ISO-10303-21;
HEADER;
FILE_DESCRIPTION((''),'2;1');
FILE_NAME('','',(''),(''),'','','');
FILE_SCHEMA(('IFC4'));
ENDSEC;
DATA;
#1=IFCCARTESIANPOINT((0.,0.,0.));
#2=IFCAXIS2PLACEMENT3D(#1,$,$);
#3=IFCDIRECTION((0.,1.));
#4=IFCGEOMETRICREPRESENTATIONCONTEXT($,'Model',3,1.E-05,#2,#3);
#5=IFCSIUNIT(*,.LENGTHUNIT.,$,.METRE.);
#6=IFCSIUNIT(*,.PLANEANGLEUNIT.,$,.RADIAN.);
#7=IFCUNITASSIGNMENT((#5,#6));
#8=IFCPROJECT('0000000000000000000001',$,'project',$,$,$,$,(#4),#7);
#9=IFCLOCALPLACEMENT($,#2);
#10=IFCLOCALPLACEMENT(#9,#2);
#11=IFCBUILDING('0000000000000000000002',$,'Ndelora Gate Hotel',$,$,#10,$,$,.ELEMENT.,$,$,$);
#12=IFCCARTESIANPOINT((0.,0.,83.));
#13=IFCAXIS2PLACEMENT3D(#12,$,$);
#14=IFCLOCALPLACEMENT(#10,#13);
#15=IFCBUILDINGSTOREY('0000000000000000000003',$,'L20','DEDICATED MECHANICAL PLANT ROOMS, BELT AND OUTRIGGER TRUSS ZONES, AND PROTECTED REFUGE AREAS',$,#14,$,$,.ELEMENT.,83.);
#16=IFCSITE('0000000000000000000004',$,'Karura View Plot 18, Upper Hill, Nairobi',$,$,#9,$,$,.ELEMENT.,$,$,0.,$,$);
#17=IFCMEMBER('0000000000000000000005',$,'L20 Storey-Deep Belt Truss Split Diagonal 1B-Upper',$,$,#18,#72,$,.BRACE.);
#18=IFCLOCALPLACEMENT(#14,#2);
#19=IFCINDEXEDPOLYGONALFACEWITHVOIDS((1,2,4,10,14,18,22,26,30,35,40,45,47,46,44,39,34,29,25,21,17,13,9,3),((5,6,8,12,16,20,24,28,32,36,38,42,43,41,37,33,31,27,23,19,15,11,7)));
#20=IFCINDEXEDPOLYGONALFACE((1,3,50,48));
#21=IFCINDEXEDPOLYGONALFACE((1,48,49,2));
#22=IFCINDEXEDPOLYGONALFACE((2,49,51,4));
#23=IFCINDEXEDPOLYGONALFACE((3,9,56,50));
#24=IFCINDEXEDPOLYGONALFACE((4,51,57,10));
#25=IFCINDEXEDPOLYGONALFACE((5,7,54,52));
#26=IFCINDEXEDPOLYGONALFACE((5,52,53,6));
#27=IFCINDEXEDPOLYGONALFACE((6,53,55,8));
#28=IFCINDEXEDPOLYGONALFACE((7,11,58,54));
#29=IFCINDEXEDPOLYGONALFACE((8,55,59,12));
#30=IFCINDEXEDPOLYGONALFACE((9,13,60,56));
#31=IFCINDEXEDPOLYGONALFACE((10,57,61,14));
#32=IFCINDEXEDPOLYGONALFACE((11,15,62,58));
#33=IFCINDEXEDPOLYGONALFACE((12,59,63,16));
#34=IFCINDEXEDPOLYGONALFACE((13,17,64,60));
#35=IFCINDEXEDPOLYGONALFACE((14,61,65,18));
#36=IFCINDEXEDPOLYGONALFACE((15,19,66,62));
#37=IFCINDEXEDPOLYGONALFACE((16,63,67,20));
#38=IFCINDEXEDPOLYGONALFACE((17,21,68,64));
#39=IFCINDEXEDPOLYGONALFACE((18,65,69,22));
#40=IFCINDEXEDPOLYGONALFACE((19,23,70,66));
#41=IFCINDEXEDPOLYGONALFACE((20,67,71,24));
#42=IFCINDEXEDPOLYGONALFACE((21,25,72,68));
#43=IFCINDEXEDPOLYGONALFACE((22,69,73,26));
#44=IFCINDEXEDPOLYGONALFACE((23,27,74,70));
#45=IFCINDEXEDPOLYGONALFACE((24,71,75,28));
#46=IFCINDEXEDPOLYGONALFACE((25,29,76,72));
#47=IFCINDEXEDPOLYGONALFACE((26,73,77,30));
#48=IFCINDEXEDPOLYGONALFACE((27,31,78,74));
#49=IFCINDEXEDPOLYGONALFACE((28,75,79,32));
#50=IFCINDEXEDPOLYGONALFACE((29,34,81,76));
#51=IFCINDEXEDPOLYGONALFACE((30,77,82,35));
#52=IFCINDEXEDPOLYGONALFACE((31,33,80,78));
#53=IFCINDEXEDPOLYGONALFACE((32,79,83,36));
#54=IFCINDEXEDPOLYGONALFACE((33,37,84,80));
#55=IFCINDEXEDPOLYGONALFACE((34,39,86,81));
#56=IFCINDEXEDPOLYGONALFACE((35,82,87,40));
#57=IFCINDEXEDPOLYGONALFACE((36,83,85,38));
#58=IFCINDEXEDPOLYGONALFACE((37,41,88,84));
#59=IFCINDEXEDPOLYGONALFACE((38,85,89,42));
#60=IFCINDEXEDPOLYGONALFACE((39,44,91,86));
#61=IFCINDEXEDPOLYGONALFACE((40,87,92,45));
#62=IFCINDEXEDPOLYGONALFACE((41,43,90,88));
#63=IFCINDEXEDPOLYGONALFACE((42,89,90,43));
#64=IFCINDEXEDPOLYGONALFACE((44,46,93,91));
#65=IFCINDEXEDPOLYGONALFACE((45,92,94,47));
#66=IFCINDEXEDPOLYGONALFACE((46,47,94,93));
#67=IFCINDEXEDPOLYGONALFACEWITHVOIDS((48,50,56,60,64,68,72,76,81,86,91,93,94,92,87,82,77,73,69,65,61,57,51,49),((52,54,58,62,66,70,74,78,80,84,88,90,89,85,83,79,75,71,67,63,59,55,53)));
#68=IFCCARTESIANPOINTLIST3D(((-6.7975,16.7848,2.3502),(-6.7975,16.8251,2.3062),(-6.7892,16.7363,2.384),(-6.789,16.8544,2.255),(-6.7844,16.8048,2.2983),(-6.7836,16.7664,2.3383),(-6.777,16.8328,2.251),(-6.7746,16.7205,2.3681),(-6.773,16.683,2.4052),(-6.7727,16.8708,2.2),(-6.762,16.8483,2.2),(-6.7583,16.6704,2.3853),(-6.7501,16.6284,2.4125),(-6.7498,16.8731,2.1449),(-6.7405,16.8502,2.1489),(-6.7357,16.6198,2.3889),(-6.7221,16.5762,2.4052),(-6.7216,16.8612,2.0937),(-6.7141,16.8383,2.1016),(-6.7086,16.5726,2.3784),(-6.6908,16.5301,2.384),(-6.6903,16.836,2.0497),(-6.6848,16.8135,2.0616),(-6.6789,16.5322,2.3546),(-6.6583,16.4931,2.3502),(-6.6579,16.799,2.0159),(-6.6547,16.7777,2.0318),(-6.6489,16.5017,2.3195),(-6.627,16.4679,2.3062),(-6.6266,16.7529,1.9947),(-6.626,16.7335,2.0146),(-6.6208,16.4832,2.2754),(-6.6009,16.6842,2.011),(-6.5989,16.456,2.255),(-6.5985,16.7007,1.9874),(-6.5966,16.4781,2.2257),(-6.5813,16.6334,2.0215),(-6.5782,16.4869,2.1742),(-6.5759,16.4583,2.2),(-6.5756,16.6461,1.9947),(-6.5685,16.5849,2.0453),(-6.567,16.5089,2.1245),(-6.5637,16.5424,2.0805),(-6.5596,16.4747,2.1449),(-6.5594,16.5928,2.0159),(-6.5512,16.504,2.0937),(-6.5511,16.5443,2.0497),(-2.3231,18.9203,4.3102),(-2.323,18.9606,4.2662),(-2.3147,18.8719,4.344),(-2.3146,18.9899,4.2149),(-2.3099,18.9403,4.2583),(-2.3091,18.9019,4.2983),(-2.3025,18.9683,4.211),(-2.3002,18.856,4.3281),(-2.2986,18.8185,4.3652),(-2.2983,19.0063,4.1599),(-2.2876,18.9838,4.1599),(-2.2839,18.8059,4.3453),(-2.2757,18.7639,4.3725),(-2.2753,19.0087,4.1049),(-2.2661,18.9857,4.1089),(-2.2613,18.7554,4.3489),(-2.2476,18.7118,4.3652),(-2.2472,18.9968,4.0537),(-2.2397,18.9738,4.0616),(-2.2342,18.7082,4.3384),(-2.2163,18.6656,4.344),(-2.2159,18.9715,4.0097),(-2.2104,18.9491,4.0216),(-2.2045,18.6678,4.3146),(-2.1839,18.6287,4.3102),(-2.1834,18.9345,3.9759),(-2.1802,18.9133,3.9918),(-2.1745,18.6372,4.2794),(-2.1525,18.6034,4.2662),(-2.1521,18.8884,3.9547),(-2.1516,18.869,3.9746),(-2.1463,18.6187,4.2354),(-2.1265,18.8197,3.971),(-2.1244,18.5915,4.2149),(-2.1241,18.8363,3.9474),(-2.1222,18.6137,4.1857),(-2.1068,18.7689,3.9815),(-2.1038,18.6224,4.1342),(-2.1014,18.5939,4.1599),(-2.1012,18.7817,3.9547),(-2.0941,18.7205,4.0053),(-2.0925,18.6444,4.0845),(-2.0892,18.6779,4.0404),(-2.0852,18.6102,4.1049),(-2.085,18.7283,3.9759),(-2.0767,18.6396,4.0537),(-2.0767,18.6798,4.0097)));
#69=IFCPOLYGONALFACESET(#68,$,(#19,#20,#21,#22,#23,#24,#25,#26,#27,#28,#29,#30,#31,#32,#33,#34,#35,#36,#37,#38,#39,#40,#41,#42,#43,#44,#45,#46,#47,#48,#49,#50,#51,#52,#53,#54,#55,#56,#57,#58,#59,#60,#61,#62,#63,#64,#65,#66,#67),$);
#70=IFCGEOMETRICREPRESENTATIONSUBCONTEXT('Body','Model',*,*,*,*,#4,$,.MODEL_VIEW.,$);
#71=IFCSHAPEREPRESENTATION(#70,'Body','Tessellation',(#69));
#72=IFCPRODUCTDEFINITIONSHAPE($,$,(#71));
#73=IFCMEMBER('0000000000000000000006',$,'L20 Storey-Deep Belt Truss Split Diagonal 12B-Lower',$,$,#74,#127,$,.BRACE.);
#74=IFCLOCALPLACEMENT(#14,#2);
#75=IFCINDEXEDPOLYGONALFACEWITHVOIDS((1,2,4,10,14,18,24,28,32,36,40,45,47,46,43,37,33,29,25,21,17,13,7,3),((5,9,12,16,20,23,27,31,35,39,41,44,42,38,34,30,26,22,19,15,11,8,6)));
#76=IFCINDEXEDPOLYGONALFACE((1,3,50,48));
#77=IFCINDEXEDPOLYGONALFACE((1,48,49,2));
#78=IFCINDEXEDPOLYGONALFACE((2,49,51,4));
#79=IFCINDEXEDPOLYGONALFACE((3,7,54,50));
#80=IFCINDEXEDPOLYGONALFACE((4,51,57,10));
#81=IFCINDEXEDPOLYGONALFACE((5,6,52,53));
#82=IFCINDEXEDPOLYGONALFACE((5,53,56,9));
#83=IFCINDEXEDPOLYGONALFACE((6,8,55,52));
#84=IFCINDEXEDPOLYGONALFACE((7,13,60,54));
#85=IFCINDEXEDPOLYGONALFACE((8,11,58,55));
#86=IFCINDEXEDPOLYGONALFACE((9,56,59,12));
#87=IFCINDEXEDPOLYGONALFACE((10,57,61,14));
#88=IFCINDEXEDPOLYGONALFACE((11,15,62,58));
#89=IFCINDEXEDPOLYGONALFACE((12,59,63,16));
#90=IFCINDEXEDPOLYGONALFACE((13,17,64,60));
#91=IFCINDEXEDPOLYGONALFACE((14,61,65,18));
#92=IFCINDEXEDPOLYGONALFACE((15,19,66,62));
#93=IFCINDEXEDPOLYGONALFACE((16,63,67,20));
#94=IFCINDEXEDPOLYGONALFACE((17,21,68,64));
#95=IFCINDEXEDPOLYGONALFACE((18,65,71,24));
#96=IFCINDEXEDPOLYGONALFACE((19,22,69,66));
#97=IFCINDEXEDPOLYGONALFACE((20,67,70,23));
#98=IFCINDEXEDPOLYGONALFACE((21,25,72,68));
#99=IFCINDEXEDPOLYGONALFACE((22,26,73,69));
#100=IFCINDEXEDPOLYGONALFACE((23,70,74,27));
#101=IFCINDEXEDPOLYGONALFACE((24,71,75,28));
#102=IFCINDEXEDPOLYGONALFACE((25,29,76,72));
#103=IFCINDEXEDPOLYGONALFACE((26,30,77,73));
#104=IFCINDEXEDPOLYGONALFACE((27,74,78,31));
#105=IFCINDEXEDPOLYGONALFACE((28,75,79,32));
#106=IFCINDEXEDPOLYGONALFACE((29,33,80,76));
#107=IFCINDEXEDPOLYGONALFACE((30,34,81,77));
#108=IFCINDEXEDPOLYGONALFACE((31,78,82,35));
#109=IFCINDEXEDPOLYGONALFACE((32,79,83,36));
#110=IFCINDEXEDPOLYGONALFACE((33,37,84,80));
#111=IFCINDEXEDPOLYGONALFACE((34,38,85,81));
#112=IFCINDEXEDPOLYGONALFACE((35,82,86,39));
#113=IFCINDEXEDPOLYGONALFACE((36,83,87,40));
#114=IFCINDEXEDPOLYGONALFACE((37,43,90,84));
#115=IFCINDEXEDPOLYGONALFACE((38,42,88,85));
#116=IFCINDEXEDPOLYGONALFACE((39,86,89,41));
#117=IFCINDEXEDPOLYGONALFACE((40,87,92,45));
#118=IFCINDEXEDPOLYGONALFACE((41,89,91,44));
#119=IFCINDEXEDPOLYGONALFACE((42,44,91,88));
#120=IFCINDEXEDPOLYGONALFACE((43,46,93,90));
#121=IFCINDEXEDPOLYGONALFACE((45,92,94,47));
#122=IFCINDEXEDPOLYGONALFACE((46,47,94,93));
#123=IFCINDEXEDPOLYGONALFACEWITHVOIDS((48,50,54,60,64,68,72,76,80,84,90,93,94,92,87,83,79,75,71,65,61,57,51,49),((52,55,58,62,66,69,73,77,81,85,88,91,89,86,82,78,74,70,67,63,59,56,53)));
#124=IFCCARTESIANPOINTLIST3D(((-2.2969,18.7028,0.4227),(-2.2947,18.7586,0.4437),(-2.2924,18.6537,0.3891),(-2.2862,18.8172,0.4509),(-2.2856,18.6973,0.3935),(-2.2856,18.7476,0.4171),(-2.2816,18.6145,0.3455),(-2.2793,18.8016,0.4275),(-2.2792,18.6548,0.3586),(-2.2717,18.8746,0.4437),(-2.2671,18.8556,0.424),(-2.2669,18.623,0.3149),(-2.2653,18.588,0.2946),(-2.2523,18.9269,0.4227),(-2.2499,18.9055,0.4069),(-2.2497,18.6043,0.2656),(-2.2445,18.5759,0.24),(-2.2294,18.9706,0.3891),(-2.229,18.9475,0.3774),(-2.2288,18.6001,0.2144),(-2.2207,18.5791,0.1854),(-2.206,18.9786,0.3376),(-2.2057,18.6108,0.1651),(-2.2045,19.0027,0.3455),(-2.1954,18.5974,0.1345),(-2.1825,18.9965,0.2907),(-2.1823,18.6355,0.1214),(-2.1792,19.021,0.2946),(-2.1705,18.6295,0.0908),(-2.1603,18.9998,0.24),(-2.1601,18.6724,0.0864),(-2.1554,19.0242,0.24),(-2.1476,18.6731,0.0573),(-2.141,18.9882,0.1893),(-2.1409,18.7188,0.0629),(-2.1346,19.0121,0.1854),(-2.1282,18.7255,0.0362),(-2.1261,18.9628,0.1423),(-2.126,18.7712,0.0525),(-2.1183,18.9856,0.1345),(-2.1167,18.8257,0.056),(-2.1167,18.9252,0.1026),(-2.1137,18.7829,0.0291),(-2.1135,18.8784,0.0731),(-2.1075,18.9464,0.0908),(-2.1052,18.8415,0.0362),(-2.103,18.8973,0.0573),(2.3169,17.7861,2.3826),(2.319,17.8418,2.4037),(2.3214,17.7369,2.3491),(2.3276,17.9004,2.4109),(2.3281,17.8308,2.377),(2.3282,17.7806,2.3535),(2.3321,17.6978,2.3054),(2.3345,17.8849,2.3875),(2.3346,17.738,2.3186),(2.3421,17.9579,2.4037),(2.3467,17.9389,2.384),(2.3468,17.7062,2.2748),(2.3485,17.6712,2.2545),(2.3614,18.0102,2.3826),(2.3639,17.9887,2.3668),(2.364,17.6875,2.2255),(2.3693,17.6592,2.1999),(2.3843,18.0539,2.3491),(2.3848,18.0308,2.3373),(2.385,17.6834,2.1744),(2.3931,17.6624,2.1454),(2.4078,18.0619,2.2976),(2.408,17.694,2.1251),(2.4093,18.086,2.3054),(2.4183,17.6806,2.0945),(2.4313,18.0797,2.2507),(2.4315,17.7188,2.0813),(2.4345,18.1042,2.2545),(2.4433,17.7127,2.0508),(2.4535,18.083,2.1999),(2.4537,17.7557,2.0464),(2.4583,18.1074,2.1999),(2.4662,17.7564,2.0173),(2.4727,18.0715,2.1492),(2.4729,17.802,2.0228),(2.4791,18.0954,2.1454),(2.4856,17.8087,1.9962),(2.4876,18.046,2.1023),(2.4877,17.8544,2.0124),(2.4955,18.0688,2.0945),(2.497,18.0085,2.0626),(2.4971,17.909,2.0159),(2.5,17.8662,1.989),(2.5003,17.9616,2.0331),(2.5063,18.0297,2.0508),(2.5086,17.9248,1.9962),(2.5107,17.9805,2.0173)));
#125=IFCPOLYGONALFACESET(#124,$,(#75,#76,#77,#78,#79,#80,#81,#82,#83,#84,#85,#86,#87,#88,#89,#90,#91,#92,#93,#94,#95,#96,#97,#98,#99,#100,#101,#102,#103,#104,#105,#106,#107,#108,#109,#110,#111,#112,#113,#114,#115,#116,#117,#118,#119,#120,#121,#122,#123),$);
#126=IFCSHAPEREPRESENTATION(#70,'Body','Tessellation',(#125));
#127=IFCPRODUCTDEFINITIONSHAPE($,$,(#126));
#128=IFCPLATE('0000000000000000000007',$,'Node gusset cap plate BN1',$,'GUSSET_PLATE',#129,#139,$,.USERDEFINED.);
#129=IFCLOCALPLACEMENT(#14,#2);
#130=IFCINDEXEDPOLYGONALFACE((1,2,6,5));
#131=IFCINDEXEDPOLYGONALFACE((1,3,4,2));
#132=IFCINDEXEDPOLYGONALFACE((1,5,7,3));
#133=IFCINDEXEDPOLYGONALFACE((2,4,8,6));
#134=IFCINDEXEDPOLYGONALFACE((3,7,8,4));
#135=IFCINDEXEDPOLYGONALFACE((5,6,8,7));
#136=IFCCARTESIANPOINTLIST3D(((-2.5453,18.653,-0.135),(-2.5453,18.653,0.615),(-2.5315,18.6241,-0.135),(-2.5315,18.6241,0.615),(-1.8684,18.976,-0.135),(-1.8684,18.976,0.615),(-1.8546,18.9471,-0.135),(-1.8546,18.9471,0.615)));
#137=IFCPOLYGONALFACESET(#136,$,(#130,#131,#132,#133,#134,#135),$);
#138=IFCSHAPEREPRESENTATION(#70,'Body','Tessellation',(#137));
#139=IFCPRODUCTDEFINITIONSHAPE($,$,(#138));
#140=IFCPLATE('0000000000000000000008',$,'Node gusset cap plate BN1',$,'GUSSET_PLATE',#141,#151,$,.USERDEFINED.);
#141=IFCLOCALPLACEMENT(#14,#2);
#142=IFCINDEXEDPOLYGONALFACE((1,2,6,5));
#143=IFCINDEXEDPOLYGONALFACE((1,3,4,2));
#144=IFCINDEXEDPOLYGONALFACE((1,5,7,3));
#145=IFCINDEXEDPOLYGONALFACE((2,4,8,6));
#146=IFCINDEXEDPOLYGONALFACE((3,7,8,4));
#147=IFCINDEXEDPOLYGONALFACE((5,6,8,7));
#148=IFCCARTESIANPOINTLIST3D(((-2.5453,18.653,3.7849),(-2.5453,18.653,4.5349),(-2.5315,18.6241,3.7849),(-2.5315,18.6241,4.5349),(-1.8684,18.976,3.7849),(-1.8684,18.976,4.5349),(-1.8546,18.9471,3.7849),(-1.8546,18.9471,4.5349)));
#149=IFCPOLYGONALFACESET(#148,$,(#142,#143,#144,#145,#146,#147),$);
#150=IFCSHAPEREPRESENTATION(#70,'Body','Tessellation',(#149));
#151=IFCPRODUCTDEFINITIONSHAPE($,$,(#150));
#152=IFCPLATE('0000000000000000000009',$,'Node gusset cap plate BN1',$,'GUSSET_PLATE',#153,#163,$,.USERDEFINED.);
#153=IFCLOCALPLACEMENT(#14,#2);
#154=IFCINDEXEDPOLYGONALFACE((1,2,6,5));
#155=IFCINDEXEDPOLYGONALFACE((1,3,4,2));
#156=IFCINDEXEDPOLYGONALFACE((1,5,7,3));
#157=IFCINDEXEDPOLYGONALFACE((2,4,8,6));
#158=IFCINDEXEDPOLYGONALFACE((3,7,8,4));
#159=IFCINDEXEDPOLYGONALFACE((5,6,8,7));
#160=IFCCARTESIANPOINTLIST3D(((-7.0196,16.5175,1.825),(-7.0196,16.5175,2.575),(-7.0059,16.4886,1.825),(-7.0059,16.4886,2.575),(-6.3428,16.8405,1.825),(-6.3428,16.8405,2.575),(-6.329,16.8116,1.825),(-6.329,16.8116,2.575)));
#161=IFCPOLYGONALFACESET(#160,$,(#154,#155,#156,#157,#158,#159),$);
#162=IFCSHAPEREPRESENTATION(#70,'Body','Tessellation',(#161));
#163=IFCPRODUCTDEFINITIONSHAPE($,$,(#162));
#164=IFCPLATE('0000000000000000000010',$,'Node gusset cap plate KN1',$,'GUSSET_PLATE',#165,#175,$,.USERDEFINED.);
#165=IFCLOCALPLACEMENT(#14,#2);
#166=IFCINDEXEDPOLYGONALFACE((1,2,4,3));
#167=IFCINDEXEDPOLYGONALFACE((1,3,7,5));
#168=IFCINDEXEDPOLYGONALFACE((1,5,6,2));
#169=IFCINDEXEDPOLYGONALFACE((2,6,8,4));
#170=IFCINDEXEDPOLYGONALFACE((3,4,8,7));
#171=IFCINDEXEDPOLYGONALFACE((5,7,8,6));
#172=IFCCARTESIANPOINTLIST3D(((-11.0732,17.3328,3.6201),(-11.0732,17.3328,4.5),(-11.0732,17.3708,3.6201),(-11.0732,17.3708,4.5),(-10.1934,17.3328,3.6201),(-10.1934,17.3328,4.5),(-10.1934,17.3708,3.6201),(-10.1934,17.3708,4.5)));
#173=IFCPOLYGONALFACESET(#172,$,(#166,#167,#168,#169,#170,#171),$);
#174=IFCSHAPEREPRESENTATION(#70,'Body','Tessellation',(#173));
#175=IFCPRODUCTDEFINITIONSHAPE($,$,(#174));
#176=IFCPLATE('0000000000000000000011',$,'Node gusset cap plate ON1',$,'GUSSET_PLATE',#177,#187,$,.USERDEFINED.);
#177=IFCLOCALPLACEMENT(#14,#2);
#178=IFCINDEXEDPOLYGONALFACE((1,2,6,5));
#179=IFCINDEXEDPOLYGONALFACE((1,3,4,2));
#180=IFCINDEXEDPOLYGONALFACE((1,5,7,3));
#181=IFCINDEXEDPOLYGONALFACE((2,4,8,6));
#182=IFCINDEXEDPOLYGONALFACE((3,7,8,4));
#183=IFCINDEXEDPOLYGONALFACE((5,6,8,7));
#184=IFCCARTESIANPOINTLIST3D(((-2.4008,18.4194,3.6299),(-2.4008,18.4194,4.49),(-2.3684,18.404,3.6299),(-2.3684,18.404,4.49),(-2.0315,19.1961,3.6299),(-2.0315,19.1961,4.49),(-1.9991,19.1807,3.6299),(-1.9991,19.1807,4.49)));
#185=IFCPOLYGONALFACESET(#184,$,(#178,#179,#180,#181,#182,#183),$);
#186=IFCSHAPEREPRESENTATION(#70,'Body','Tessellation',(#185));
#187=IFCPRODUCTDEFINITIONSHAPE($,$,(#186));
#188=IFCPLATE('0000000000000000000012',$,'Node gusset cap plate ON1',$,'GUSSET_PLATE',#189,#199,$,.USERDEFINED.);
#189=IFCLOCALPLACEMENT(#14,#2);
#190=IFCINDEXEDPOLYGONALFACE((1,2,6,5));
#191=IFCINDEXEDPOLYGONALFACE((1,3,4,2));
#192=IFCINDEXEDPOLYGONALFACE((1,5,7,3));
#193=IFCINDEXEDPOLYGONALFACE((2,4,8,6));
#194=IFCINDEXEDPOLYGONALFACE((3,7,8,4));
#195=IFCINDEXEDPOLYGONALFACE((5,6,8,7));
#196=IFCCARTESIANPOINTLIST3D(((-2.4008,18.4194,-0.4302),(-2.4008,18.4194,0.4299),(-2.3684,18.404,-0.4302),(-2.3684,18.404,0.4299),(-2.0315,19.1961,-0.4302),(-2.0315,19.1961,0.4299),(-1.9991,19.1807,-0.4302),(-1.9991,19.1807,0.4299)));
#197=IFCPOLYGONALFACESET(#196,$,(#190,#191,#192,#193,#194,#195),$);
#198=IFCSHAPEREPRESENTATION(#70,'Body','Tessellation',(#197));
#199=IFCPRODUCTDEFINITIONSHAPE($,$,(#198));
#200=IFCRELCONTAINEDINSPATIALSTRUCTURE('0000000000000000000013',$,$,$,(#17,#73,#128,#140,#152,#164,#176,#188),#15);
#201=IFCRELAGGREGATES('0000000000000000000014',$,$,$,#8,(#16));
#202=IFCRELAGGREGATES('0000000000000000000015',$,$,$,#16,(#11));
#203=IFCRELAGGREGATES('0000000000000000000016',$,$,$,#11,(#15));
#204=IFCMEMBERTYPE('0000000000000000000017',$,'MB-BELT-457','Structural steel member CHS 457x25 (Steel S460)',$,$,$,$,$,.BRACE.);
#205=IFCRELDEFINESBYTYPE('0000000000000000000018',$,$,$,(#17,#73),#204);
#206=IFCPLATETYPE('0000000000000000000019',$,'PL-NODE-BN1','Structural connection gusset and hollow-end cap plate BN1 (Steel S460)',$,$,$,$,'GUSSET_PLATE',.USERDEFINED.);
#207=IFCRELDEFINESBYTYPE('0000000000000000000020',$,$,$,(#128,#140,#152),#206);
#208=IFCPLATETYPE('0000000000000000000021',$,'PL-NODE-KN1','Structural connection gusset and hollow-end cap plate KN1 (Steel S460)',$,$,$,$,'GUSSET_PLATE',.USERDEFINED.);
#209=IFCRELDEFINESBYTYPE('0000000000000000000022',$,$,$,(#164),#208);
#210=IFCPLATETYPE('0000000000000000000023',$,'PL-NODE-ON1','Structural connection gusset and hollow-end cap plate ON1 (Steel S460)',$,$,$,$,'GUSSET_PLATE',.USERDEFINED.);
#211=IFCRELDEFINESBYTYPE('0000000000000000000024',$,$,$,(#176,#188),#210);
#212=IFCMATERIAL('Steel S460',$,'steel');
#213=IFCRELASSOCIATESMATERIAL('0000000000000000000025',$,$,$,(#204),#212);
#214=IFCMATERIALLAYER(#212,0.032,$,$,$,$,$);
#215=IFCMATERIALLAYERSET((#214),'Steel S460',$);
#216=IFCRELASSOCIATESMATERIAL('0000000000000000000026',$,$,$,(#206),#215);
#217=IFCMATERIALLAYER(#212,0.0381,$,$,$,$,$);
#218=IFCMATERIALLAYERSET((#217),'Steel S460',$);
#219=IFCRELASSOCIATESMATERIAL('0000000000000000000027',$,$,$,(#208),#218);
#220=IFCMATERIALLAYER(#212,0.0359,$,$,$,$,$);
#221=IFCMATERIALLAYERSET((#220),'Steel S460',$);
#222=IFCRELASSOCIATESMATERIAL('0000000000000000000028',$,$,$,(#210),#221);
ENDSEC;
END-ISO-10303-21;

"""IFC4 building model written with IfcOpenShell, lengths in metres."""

from ifc_helpers import new_model, si_unit, direction, frame, origin, origin_2d, place, context, subcontext, project, spatial, rectangle, hollow_circle, extrude, material, layer, layer_set, material_profile, profile_set, type_object, element, save


model = new_model("IFC4")

# Units and contexts
model_context = context("Model", 3, precision=1e-05, world=origin(), true_north=direction((0.0, 1.0)))
body_context = subcontext(model_context, "Body", "Model", "MODEL_VIEW")
ifc_project = project(units=[si_unit("LENGTHUNIT", "METRE"), si_unit("PLANEANGLEUNIT", "RADIAN")], contexts=[model_context])

# Site, building, storey
site_placement = place(None, origin())
site = spatial("IfcSite", under=ifc_project, at=site_placement, Name="Karura View Plot 18, Upper Hill, Nairobi", CompositionType="ELEMENT", RefElevation=0.0)
building_placement = place(site_placement, origin())
building = spatial("IfcBuilding", under=site, at=building_placement, Name="Ndelora Gate Hotel", CompositionType="ELEMENT")
storey_placement = place(building_placement, frame((0.0, 0.0, 83.0)))
storey = spatial("IfcBuildingStorey", under=building, at=storey_placement, Name="L20", Description="DEDICATED MECHANICAL PLANT ROOMS, BELT AND OUTRIGGER TRUSS ZONES, AND PROTECTED REFUGE AREAS", CompositionType="ELEMENT", Elevation=83.0)

# Shared definitions
ifc_material_1 = material(Name="Steel S460", Category="steel")

# Members
ifc_material_profile_1 = material_profile(ifc_material_1, hollow_circle(Radius=0.2285, WallThickness=0.0249, at=origin_2d()), Name="CHS 457x25")
ifc_profile_set_1 = profile_set([ifc_material_profile_1], Name="Steel S460")
member_type = type_object("IfcMemberType", Name="MB-BELT-457", Description="Structural steel member CHS 457x25 (Steel S460)", PredefinedType="BRACE", material=ifc_profile_set_1)
member_1_placement = place(storey_placement, frame((-6.6743, 16.6646, 2.2), z_axis=(0.839278, 0.400566, 0.367639), x_axis=(-0.43073, 0.902481, 0.0)))
element("IfcMember", 1, at=member_1_placement, inside=storey, type_object=member_type, Name="L20 Storey-Deep Belt Truss Split Diagonal 1B-Upper", PredefinedType="BRACE", context=body_context, shape_type="SweptSolid", body=[
    extrude(hollow_circle(Radius=0.2285, WallThickness=0.0249, at=origin_2d()), origin(), (0.0, 0.0, 1.0), 5.3313),
])
member_2_placement = place(storey_placement, frame((-2.2, 18.8, 0.24), z_axis=(0.905379, -0.179897, 0.384611), x_axis=(0.194888, 0.980825, 0.0)))
element("IfcMember", 2, at=member_2_placement, inside=storey, type_object=member_type, Name="L20 Storey-Deep Belt Truss Split Diagonal 12B-Lower", PredefinedType="BRACE", context=body_context, shape_type="SweptSolid", body=[
    extrude(hollow_circle(Radius=0.2285, WallThickness=0.0249, at=origin_2d()), origin(), (0.0, 0.0, 1.0), 5.0959),
])

# Plates
ifc_layer_1 = layer(ifc_material_1, 0.032)
ifc_layer_set_1 = layer_set([ifc_layer_1], Name="Steel S460")
plate_type_1 = type_object("IfcPlateType", Name="PL-NODE-BN1", Description="Structural connection gusset and hollow-end cap plate BN1 (Steel S460)", ElementType="GUSSET_PLATE", PredefinedType="USERDEFINED", material=ifc_layer_set_1)
for number, where, z_axis, x_axis, name in (
    (3, (-2.2, 18.8, -0.135), (0.0, 0.0, 1.0), (0.90251, 0.430669, 0.0), "Node gusset cap plate BN1"),
    (4, (-2.2, 18.8, 3.7849), (0.0, 0.0, 1.0), (0.90251, 0.430669, 0.0), "Node gusset cap plate BN1"),
    (5, (-6.6743, 16.6646, 1.825), (0.0, 0.0, 1.0), (0.90251, 0.430669, 0.0), "Node gusset cap plate BN1"),
):
    element("IfcPlate", number, at=place(storey_placement, frame(where, z_axis=z_axis, x_axis=x_axis)), inside=storey, type_object=plate_type_1, Name=name, ObjectType="GUSSET_PLATE", PredefinedType="USERDEFINED", context=body_context, shape_type="SweptSolid", body=[
        extrude(rectangle(XDim=0.75, YDim=0.032, at=origin_2d()), origin(), (0.0, 0.0, 1.0), 0.75),
    ])
ifc_layer_2 = layer(ifc_material_1, 0.0381)
ifc_layer_set_2 = layer_set([ifc_layer_2], Name="Steel S460")
plate_type_2 = type_object("IfcPlateType", Name="PL-NODE-KN1", Description="Structural connection gusset and hollow-end cap plate KN1 (Steel S460)", ElementType="GUSSET_PLATE", PredefinedType="USERDEFINED", material=ifc_layer_set_2)
plate_placement = place(storey_placement, frame((-10.6333, 17.3518, 3.6201), z_axis=(0.0, 0.0, 1.0), x_axis=(1.0, 0.0, 0.0)))
element("IfcPlate", 6, at=plate_placement, inside=storey, type_object=plate_type_2, Name="Node gusset cap plate KN1", ObjectType="GUSSET_PLATE", PredefinedType="USERDEFINED", context=body_context, shape_type="SweptSolid", body=[
    extrude(rectangle(XDim=0.8799, YDim=0.0381, at=origin_2d()), origin(), (0.0, 0.0, 1.0), 0.8799),
])
ifc_layer_3 = layer(ifc_material_1, 0.0359)
ifc_layer_set_3 = layer_set([ifc_layer_3], Name="Steel S460")
plate_type_3 = type_object("IfcPlateType", Name="PL-NODE-ON1", Description="Structural connection gusset and hollow-end cap plate ON1 (Steel S460)", ElementType="GUSSET_PLATE", PredefinedType="USERDEFINED", material=ifc_layer_set_3)
for number, where, z_axis, x_axis, name in (
    (7, (-2.2, 18.8, 3.6299), (0.0, 0.0, 1.0), (0.429408, 0.903111, 0.0), "Node gusset cap plate ON1"),
    (8, (-2.2, 18.8, -0.4302), (0.0, 0.0, 1.0), (0.429408, 0.903111, 0.0), "Node gusset cap plate ON1"),
):
    element("IfcPlate", number, at=place(storey_placement, frame(where, z_axis=z_axis, x_axis=x_axis)), inside=storey, type_object=plate_type_3, Name=name, ObjectType="GUSSET_PLATE", PredefinedType="USERDEFINED", context=body_context, shape_type="SweptSolid", body=[
        extrude(rectangle(XDim=0.8601, YDim=0.0359, at=origin_2d()), origin(), (0.0, 0.0, 1.0), 0.8601),
    ])

save(model, "model.ifc")
